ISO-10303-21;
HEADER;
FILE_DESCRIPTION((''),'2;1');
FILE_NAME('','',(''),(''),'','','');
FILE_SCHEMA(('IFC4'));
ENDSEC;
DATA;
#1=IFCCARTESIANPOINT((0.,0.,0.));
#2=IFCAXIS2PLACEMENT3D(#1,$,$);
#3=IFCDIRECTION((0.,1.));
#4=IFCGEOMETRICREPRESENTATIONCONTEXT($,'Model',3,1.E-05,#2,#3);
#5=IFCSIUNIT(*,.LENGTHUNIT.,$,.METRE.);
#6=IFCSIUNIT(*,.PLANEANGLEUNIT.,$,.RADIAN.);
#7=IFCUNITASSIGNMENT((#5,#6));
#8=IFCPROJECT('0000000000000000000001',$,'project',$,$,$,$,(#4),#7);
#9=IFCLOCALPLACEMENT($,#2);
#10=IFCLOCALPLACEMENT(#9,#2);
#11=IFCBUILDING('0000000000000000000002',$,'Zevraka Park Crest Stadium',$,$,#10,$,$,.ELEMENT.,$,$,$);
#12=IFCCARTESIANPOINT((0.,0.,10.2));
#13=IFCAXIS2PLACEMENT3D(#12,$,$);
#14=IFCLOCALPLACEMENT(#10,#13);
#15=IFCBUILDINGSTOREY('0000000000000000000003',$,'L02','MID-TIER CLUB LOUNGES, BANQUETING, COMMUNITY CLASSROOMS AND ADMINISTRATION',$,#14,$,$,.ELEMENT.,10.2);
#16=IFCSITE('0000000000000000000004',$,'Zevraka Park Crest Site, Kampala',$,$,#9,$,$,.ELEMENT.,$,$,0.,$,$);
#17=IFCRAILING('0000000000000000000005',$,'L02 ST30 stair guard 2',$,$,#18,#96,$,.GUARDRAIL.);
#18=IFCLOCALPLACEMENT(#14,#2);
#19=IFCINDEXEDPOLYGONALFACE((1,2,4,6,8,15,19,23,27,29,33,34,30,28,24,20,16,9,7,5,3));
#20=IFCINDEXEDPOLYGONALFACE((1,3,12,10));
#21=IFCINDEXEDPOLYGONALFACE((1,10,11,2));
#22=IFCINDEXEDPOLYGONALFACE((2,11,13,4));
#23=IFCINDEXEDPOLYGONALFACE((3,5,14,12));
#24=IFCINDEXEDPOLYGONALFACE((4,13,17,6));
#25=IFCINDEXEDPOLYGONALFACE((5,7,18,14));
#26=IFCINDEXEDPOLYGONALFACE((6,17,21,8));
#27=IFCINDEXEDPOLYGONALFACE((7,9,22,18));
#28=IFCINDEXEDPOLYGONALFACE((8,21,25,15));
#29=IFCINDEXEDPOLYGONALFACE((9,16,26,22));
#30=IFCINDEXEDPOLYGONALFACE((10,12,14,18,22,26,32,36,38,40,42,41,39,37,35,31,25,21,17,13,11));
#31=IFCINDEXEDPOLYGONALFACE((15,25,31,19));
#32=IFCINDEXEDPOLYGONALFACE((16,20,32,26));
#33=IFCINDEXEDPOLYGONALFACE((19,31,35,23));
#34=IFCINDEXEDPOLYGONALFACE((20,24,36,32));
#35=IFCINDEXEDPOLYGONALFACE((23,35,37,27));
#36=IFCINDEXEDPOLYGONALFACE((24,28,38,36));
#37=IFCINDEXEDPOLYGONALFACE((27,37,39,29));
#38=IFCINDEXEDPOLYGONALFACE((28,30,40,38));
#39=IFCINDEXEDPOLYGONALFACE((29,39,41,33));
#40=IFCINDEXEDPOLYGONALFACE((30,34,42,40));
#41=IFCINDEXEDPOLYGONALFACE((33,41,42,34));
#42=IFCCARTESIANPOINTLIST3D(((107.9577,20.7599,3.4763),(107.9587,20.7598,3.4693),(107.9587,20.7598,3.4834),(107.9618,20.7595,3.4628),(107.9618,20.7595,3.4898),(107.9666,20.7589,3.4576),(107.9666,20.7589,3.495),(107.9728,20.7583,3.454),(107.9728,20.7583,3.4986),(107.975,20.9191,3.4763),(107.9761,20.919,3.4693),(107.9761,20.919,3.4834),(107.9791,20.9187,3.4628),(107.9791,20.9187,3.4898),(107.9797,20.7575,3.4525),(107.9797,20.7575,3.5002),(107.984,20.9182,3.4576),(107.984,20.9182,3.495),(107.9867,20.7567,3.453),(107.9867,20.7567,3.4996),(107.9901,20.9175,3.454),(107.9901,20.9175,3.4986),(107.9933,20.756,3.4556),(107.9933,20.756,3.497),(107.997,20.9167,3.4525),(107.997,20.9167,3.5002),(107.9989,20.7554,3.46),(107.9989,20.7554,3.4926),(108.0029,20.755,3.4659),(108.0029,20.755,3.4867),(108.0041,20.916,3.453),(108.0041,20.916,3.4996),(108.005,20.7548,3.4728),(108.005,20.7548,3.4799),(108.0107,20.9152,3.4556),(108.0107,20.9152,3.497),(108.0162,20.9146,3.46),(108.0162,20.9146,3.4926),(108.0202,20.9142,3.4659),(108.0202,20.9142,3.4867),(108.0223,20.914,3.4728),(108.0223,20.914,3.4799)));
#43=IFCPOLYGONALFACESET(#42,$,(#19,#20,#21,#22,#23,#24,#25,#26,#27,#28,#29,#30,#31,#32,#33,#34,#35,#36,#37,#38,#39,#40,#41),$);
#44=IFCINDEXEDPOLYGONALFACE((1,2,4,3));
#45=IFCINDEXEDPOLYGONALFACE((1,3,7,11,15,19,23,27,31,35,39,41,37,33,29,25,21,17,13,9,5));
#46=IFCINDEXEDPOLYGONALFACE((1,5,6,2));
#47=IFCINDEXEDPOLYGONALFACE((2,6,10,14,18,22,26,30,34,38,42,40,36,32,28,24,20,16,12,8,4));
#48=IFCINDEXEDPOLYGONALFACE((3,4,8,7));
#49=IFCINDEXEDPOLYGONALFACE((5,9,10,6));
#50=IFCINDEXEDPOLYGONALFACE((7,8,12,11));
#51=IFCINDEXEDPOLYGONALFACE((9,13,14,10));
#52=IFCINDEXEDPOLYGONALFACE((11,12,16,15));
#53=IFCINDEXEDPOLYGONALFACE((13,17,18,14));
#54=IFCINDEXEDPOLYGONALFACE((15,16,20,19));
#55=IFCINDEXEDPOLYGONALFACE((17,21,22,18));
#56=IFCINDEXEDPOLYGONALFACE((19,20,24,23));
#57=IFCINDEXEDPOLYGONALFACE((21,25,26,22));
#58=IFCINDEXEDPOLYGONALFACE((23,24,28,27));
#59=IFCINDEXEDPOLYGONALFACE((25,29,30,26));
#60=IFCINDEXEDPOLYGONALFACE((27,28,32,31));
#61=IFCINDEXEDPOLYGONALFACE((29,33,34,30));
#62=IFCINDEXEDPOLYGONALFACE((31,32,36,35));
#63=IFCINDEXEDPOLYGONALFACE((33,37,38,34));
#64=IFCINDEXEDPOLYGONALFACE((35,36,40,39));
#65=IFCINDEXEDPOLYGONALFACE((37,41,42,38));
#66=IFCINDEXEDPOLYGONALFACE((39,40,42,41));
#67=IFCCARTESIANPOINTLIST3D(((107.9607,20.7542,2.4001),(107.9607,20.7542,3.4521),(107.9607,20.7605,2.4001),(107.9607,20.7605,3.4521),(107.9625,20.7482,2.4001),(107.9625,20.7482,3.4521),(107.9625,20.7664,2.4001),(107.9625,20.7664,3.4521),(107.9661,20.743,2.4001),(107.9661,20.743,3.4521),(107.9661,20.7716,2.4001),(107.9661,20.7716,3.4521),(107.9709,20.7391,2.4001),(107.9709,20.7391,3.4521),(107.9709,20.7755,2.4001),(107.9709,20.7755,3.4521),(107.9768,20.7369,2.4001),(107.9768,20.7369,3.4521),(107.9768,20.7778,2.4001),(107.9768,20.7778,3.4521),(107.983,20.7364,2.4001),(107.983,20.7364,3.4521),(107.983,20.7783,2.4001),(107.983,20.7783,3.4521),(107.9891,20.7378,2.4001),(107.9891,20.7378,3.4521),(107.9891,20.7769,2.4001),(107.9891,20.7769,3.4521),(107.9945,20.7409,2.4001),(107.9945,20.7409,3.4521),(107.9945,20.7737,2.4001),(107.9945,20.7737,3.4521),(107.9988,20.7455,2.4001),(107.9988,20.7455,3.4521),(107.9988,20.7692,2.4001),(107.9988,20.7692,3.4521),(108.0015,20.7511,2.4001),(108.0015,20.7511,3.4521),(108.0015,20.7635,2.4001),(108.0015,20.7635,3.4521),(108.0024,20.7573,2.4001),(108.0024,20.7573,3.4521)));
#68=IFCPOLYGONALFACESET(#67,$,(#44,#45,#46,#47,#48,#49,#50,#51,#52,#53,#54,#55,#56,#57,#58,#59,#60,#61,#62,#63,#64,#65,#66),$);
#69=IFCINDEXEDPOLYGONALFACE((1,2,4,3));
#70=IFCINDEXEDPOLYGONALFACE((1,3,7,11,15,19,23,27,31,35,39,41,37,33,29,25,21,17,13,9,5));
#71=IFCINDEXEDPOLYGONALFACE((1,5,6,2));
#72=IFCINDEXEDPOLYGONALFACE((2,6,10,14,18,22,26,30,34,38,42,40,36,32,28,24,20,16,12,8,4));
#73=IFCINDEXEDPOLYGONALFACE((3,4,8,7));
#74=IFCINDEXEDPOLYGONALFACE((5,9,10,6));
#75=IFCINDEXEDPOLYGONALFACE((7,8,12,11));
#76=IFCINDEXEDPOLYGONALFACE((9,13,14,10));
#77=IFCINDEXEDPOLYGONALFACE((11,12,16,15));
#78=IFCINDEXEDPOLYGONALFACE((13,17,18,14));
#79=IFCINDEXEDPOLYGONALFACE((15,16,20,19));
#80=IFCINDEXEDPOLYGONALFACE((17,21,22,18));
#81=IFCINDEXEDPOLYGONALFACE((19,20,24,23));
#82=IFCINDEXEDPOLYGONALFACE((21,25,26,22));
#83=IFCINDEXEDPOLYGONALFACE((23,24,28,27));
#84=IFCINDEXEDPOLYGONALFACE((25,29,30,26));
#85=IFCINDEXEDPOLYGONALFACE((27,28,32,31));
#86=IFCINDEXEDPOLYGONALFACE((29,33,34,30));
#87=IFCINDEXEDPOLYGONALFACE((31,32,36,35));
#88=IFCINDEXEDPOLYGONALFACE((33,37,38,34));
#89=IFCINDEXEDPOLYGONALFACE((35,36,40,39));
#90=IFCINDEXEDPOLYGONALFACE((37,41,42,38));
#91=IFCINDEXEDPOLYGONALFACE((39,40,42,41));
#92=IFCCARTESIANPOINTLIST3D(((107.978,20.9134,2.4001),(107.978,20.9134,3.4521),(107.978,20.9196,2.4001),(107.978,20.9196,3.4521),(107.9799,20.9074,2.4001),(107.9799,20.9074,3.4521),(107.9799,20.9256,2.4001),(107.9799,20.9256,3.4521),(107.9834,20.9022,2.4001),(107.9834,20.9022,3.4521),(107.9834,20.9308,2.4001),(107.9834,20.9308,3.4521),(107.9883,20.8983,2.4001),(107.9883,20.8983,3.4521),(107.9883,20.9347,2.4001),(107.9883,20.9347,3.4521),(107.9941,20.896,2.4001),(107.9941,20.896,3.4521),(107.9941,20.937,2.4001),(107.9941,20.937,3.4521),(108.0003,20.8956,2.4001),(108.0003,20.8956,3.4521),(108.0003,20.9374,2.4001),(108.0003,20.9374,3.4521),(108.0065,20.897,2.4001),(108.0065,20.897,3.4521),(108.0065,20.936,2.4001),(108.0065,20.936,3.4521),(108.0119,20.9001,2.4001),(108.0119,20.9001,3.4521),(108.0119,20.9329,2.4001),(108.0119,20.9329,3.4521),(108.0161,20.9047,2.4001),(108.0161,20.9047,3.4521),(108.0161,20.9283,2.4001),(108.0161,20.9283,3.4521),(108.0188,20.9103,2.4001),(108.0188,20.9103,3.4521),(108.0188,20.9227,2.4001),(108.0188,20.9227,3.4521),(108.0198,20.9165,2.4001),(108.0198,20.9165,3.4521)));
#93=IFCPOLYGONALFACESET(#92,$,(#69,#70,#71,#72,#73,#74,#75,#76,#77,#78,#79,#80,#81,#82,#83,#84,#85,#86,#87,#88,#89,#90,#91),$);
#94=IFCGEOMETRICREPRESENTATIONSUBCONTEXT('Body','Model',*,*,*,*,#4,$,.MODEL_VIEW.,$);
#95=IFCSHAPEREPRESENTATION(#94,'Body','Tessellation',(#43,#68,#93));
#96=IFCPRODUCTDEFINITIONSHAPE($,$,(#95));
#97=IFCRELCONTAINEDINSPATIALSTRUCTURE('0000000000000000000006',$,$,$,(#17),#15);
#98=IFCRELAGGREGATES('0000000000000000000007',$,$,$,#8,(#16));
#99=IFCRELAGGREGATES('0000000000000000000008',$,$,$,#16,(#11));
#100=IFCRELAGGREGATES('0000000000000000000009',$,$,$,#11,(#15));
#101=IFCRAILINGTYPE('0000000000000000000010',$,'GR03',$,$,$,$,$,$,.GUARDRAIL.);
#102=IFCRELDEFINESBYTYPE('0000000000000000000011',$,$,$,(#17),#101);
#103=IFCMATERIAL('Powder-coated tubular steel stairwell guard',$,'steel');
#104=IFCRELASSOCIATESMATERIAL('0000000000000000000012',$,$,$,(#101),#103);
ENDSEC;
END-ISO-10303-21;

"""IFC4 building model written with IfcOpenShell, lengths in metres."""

from ifc_helpers import new_model, si_unit, direction, frame, origin, origin_2d, place, context, subcontext, project, spatial, circle, extrude, material, type_object, element, save


model = new_model("IFC4")

# Units and contexts
model_context = context("Model", 3, precision=1e-05, world=origin(), true_north=direction((0.0, 1.0)))
body_context = subcontext(model_context, "Body", "Model", "MODEL_VIEW")
ifc_project = project(units=[si_unit("LENGTHUNIT", "METRE"), si_unit("PLANEANGLEUNIT", "RADIAN")], contexts=[model_context])

# Site, building, storey
site_placement = place(None, origin())
site = spatial("IfcSite", under=ifc_project, at=site_placement, Name="Zevraka Park Crest Site, Kampala", CompositionType="ELEMENT", RefElevation=0.0)
building_placement = place(site_placement, origin())
building = spatial("IfcBuilding", under=site, at=building_placement, Name="Zevraka Park Crest Stadium", CompositionType="ELEMENT")
storey_placement = place(building_placement, frame((0.0, 0.0, 10.2)))
storey = spatial("IfcBuildingStorey", under=building, at=storey_placement, Name="L02", Description="MID-TIER CLUB LOUNGES, BANQUETING, COMMUNITY CLASSROOMS AND ADMINISTRATION", CompositionType="ELEMENT", Elevation=10.2)

# Railing
ifc_material_1 = material(Name="Powder-coated tubular steel stairwell guard", Category="steel")
railing_type_1 = type_object("IfcRailingType", Name="GR03", PredefinedType="GUARDRAIL", material=ifc_material_1)
railing_1_placement = place(storey_placement, frame((107.9814, 20.7573, 2.4001)))
element("IfcRailing", 1, at=railing_1_placement, inside=storey, type_object=railing_type_1, Name="L02 ST30 stair guard 2", PredefinedType="GUARDRAIL", context=body_context, shape_type="SweptSolid", body=[
    extrude(circle(Radius=0.0239, at=origin_2d()), frame((0.0, 0.0, 1.0762), z_axis=(0.108256, 0.994123, 0.0), x_axis=(-0.994123, 0.108256, 0.0)), (0.0, 0.0, 1.0), 0.1602),
    extrude(circle(Radius=0.021, at=origin_2d()), origin(), (0.0, 0.0, 1.0), 1.052),
    extrude(circle(Radius=0.021, at=origin_2d()), frame((0.0173, 0.1592, 0.0)), (0.0, 0.0, 1.0), 1.052),
])

save(model, "model.ifc")
